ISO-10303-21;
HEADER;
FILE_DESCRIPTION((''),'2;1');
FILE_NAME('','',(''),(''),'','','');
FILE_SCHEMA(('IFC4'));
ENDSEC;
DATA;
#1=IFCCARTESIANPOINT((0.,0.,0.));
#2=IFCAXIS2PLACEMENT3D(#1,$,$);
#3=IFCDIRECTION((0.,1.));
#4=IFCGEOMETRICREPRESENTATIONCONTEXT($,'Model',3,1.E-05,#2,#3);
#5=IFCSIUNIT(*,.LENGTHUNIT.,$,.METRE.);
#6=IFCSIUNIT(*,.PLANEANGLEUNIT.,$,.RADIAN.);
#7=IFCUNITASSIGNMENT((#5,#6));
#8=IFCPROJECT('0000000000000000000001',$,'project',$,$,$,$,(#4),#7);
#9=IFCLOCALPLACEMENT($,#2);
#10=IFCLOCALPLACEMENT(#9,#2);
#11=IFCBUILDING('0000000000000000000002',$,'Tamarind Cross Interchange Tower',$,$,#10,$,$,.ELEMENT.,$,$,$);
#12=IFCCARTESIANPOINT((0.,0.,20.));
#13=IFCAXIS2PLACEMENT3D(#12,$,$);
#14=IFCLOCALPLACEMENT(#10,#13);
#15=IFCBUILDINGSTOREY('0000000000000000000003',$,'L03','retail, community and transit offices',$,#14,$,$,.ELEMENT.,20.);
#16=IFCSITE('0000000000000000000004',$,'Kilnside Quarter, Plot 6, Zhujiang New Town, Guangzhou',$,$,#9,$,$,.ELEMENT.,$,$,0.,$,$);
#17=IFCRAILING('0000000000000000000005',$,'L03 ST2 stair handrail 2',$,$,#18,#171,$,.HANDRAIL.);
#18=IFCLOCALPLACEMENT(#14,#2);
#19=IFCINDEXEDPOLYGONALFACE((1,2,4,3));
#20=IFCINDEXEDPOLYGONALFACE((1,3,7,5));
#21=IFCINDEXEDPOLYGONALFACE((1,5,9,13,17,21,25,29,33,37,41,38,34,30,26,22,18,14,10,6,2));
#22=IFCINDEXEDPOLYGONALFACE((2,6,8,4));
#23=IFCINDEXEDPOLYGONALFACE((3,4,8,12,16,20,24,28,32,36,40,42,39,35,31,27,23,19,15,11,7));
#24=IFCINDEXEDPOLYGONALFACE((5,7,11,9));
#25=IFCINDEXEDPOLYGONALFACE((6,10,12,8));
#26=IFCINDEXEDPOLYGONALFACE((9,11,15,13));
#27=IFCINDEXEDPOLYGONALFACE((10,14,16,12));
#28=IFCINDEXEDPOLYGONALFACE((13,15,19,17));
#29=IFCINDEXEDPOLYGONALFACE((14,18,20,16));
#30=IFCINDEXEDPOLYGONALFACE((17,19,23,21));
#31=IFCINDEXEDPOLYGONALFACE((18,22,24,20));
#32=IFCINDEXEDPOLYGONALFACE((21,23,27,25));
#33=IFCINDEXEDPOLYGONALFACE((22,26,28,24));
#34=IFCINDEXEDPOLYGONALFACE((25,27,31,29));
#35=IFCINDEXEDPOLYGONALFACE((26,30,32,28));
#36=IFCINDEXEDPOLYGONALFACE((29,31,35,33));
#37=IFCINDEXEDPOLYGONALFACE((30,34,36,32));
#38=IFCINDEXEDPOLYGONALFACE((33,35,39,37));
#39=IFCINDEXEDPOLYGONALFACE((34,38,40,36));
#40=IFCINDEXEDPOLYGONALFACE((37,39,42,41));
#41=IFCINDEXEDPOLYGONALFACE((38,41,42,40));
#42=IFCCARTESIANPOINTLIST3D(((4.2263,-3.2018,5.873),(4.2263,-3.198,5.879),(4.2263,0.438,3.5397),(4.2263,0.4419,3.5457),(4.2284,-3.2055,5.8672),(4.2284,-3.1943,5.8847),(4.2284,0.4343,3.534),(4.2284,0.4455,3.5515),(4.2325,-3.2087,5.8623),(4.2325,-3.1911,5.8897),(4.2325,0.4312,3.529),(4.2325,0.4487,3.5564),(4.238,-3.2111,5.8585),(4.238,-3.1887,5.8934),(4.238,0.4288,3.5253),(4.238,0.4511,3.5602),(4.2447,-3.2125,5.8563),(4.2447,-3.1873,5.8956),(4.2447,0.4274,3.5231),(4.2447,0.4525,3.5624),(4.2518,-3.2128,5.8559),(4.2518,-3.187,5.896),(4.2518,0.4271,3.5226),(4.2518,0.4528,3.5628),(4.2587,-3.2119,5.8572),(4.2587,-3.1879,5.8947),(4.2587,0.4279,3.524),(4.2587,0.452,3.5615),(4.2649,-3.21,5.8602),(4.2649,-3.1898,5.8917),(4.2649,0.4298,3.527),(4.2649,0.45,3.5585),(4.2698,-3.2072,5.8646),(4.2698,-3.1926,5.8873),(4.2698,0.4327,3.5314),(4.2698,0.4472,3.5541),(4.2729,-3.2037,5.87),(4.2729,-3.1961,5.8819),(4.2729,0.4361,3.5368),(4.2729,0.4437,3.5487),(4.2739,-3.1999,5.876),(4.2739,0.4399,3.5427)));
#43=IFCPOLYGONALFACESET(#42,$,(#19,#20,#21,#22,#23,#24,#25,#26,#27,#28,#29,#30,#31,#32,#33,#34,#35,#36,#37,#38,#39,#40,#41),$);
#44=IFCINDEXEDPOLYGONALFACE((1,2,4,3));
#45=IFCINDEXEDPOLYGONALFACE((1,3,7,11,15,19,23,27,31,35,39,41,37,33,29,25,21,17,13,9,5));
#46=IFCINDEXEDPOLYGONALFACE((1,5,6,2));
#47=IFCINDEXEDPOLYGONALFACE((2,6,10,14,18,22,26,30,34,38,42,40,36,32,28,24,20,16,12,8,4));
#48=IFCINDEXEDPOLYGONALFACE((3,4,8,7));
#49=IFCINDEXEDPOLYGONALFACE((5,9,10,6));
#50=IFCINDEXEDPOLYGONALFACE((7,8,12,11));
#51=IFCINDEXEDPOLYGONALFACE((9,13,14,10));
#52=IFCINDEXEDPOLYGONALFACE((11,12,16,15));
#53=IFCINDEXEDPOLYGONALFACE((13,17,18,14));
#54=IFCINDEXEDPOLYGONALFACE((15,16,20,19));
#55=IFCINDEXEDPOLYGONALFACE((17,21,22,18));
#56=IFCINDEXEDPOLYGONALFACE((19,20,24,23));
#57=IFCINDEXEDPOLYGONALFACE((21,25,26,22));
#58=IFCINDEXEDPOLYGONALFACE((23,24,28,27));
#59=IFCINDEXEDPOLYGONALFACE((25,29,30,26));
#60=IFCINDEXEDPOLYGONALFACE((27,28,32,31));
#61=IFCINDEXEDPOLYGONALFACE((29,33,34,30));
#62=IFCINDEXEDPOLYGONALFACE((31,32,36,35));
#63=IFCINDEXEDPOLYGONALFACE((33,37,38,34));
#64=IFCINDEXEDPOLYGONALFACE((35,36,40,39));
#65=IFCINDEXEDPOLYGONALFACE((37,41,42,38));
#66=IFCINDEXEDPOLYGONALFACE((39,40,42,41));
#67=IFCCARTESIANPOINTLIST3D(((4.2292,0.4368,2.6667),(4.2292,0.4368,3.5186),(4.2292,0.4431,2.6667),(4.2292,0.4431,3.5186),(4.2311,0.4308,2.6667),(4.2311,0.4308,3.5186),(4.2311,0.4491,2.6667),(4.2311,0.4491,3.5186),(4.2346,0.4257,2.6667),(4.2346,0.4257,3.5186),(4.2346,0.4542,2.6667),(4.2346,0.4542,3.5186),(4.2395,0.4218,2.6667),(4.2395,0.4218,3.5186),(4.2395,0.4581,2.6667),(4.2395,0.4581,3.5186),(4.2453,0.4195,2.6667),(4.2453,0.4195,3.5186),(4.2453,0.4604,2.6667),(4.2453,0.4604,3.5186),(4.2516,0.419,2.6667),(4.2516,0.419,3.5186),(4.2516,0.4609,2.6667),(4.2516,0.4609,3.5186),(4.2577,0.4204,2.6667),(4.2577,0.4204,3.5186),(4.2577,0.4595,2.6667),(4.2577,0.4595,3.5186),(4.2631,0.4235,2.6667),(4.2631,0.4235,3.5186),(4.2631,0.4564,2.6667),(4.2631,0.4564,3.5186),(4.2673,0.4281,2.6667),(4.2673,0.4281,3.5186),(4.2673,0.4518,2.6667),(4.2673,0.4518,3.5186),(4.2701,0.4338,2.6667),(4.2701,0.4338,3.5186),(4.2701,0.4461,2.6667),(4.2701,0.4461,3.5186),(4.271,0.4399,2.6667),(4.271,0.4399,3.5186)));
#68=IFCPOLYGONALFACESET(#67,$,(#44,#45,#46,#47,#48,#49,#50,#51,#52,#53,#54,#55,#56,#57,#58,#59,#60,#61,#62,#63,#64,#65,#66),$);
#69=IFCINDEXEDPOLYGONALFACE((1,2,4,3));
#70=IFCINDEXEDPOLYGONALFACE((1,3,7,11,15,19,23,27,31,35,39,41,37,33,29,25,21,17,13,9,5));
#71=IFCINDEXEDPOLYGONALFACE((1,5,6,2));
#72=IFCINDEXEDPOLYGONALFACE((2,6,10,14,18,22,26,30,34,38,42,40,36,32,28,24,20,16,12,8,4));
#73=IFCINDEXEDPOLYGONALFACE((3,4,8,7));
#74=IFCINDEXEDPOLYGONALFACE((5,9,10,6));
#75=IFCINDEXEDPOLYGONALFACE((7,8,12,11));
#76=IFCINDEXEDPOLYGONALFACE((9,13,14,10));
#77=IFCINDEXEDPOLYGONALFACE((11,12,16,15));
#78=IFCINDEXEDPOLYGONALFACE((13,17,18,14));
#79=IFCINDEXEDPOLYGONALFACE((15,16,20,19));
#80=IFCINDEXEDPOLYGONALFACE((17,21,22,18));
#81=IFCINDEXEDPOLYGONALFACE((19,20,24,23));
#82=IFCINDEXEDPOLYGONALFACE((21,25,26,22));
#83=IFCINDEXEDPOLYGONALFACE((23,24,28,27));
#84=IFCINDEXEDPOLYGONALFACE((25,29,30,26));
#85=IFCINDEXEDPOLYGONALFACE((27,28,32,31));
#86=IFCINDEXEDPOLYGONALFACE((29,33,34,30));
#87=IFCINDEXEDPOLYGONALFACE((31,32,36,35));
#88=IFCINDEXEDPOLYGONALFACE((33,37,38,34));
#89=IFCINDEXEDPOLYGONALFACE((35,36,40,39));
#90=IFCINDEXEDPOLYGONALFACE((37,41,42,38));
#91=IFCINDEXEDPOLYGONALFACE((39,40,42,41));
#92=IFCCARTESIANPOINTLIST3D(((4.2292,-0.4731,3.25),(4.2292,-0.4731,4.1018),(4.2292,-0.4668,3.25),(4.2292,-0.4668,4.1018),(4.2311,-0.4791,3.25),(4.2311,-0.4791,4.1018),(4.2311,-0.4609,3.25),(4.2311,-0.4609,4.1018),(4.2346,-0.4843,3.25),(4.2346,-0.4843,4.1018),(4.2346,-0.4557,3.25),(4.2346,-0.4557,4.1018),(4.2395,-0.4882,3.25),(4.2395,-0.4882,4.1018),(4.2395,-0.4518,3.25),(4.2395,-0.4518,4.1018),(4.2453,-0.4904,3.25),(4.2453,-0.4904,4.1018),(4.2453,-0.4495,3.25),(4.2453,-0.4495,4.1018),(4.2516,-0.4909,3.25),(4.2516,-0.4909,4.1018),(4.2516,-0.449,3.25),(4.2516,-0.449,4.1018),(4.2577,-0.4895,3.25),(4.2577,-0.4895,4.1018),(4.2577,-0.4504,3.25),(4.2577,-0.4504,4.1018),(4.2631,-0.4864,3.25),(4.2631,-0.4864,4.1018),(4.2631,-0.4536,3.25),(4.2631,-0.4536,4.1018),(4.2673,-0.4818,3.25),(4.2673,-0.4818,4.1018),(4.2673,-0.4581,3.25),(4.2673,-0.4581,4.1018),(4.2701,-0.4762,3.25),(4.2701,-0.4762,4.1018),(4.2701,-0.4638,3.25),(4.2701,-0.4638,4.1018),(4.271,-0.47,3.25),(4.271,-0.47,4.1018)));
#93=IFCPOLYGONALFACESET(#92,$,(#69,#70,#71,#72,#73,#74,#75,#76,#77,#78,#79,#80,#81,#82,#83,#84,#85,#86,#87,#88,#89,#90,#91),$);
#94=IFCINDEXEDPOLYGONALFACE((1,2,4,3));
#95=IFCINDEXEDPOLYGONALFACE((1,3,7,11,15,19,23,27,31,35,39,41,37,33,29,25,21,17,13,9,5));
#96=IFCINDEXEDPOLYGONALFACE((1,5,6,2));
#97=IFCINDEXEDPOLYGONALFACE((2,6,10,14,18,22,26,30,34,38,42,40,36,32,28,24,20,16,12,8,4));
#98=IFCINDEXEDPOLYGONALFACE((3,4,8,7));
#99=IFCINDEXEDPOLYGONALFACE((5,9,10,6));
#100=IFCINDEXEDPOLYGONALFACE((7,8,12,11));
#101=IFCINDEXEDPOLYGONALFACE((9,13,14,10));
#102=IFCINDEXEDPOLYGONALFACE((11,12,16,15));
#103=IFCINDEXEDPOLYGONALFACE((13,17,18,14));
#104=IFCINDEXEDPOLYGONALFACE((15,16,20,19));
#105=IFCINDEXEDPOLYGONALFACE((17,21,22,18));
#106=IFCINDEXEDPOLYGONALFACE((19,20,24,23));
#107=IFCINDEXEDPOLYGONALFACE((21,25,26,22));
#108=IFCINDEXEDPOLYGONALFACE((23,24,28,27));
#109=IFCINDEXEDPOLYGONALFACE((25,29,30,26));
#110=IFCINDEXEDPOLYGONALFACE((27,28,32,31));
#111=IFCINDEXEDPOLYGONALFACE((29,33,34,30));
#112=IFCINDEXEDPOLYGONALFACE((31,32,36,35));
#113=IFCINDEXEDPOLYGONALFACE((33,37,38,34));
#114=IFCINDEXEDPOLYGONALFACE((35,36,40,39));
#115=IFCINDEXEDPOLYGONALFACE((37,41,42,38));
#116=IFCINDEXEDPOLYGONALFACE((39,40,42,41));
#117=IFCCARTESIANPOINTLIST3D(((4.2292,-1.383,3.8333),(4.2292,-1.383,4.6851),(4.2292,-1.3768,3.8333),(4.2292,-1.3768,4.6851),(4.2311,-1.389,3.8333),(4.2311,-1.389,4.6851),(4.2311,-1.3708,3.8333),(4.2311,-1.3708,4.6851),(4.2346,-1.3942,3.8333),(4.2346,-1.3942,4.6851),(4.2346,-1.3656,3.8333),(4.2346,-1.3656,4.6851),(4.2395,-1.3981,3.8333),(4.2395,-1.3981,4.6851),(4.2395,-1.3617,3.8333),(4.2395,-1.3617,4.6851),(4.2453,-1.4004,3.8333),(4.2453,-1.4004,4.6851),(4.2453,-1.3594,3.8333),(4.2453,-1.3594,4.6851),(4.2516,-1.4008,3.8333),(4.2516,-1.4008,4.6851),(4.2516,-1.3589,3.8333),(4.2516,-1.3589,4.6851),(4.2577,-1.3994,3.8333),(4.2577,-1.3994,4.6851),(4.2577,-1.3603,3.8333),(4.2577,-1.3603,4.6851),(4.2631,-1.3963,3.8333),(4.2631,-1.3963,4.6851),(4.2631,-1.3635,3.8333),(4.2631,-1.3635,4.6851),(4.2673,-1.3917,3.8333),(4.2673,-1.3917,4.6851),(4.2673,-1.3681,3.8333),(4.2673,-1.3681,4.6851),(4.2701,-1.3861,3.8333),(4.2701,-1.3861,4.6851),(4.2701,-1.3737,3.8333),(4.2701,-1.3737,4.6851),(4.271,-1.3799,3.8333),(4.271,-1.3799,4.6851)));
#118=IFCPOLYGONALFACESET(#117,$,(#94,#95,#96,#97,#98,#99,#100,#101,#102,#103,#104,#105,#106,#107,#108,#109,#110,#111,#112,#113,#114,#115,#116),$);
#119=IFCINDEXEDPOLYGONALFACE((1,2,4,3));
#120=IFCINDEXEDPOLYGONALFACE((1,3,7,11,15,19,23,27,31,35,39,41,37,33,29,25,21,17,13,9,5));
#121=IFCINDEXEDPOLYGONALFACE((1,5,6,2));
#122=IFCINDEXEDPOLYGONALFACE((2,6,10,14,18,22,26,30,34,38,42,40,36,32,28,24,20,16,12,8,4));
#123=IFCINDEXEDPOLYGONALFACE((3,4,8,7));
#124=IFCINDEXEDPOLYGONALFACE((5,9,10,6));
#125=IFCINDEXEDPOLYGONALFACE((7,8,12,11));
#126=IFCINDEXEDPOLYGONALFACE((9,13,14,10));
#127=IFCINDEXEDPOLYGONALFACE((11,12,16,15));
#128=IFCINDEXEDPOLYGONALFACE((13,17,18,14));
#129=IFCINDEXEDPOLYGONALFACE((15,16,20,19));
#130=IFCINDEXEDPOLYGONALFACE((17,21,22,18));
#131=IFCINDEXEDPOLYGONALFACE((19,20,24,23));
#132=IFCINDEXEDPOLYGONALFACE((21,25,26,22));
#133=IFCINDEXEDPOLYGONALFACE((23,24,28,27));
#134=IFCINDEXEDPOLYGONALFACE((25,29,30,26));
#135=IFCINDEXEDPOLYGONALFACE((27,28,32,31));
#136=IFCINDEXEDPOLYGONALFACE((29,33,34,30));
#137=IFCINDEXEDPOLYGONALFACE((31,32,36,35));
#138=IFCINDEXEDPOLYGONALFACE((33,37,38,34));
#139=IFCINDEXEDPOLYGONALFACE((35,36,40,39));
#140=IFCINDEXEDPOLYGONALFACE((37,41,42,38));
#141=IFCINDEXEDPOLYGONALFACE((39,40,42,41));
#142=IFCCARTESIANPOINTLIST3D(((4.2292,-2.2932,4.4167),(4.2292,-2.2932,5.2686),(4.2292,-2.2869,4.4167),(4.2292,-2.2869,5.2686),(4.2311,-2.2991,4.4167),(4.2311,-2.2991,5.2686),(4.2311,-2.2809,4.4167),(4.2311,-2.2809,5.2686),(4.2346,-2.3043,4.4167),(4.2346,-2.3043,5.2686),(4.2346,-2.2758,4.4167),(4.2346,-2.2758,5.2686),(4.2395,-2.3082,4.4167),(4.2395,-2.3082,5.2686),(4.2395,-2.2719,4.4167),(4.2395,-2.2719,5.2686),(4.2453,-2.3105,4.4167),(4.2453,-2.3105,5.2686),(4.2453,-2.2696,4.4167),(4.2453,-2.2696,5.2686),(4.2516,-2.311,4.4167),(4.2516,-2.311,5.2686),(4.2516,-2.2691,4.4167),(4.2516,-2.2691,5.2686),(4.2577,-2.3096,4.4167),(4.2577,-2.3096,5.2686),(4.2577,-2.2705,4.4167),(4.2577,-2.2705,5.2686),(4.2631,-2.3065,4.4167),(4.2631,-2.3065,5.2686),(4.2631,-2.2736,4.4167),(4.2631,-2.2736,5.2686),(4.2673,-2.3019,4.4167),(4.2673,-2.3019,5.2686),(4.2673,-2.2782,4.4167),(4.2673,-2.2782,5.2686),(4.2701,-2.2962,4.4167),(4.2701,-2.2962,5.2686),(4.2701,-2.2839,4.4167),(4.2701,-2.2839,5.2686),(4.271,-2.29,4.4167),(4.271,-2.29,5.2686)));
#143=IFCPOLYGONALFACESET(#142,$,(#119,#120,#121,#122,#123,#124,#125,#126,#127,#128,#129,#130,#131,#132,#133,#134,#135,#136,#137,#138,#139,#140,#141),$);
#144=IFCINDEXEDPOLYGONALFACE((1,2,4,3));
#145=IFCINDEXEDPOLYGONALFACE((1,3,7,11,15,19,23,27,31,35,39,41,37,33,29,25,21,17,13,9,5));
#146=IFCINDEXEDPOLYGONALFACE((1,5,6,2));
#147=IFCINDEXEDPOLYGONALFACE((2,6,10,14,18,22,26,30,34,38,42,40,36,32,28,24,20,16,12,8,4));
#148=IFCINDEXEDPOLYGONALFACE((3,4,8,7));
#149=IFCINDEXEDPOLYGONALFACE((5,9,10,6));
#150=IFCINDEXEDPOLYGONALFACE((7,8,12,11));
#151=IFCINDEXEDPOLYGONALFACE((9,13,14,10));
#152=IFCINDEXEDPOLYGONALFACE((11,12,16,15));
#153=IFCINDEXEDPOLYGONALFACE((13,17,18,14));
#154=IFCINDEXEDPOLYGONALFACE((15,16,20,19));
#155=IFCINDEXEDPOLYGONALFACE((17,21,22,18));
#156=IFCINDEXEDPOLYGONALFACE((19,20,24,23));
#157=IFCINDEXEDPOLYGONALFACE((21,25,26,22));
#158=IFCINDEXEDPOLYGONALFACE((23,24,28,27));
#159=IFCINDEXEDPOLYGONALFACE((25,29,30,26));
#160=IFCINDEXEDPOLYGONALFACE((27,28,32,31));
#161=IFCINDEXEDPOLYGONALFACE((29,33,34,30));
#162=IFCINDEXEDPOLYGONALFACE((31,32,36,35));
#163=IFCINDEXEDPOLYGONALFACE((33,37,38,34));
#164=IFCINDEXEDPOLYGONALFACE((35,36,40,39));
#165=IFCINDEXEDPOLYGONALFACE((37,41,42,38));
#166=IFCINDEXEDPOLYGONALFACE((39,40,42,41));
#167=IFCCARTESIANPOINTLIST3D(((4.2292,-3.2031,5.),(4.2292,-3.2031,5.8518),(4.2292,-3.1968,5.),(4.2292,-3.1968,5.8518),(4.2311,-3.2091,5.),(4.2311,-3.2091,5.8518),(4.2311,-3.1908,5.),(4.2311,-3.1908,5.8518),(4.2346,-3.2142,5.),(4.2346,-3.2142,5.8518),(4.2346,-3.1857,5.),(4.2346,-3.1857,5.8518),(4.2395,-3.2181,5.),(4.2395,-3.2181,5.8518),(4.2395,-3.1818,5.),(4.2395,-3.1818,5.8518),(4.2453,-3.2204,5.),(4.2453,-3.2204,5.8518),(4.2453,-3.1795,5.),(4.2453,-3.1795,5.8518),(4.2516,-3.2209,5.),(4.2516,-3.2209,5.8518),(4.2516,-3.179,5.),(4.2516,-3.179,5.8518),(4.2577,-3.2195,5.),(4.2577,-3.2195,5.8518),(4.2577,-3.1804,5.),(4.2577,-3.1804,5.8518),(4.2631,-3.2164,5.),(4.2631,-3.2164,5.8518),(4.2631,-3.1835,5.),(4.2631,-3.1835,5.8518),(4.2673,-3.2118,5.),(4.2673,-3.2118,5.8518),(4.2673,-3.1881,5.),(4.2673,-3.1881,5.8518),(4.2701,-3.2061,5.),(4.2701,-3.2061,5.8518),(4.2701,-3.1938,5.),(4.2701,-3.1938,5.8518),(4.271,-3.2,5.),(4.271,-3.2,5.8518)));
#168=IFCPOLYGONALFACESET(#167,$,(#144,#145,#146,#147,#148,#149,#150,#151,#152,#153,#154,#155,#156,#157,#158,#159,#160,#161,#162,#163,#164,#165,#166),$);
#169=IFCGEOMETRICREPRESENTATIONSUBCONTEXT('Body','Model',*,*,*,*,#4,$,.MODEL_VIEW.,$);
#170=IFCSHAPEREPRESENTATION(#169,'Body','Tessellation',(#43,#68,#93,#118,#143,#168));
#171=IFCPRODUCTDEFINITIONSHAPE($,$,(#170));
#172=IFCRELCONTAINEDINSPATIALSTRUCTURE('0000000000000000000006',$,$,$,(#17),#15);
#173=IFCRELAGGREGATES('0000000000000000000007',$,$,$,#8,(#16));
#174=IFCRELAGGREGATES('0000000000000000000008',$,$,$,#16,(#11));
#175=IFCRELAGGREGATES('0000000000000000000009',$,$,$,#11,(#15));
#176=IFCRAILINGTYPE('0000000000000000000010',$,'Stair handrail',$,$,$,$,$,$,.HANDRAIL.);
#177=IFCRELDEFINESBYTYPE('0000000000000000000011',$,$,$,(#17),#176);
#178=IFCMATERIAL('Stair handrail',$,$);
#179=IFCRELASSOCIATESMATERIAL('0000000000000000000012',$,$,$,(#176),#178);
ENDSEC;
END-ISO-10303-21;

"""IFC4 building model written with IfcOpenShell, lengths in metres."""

from ifc_helpers import new_model, si_unit, direction, frame, origin, origin_2d, place, context, subcontext, project, spatial, circle, extrude, material, type_object, element, save


model = new_model("IFC4")

# Units and contexts
model_context = context("Model", 3, precision=1e-05, world=origin(), true_north=direction((0.0, 1.0)))
body_context = subcontext(model_context, "Body", "Model", "MODEL_VIEW")
ifc_project = project(units=[si_unit("LENGTHUNIT", "METRE"), si_unit("PLANEANGLEUNIT", "RADIAN")], contexts=[model_context])

# Site, building, storey
site_placement = place(None, origin())
site = spatial("IfcSite", under=ifc_project, at=site_placement, Name="Kilnside Quarter, Plot 6, Zhujiang New Town, Guangzhou", CompositionType="ELEMENT", RefElevation=0.0)
building_placement = place(site_placement, origin())
building = spatial("IfcBuilding", under=site, at=building_placement, Name="Tamarind Cross Interchange Tower", CompositionType="ELEMENT")
storey_placement = place(building_placement, frame((0.0, 0.0, 20.0)))
storey = spatial("IfcBuildingStorey", under=building, at=storey_placement, Name="L03", Description="retail, community and transit offices", CompositionType="ELEMENT", Elevation=20.0)

# Railing
ifc_material_1 = material(Name="Stair handrail")
railing_type_1 = type_object("IfcRailingType", Name="Stair handrail", PredefinedType="HANDRAIL", material=ifc_material_1)
railing_1_placement = place(storey_placement, frame((4.25, 0.4399, 2.6667)))
element("IfcRailing", 1, at=railing_1_placement, inside=storey, type_object=railing_type_1, Name="L03 ST2 stair handrail 2", PredefinedType="HANDRAIL", context=body_context, shape_type="SweptSolid", body=[
    extrude(circle(Radius=0.0239, at=origin_2d()), frame((0.0, 0.0, 0.876), z_axis=(0.0, -0.84188, 0.539664), x_axis=(1.0, 0.0, 0.0)), (0.0, 0.0, 1.0), 4.3235),
    extrude(circle(Radius=0.021, at=origin_2d()), origin(), (0.0, 0.0, 1.0), 0.8518),
    extrude(circle(Radius=0.021, at=origin_2d()), frame((0.0, -0.9099, 0.5833)), (0.0, 0.0, 1.0), 0.8518),
    extrude(circle(Radius=0.021, at=origin_2d()), frame((0.0, -1.8198, 1.1665)), (0.0, 0.0, 1.0), 0.8518),
    extrude(circle(Radius=0.021, at=origin_2d()), frame((0.0, -2.73, 1.75)), (0.0, 0.0, 1.0), 0.8518),
    extrude(circle(Radius=0.021, at=origin_2d()), frame((0.0, -3.6399, 2.3333)), (0.0, 0.0, 1.0), 0.8518),
])

save(model, "model.ifc")
